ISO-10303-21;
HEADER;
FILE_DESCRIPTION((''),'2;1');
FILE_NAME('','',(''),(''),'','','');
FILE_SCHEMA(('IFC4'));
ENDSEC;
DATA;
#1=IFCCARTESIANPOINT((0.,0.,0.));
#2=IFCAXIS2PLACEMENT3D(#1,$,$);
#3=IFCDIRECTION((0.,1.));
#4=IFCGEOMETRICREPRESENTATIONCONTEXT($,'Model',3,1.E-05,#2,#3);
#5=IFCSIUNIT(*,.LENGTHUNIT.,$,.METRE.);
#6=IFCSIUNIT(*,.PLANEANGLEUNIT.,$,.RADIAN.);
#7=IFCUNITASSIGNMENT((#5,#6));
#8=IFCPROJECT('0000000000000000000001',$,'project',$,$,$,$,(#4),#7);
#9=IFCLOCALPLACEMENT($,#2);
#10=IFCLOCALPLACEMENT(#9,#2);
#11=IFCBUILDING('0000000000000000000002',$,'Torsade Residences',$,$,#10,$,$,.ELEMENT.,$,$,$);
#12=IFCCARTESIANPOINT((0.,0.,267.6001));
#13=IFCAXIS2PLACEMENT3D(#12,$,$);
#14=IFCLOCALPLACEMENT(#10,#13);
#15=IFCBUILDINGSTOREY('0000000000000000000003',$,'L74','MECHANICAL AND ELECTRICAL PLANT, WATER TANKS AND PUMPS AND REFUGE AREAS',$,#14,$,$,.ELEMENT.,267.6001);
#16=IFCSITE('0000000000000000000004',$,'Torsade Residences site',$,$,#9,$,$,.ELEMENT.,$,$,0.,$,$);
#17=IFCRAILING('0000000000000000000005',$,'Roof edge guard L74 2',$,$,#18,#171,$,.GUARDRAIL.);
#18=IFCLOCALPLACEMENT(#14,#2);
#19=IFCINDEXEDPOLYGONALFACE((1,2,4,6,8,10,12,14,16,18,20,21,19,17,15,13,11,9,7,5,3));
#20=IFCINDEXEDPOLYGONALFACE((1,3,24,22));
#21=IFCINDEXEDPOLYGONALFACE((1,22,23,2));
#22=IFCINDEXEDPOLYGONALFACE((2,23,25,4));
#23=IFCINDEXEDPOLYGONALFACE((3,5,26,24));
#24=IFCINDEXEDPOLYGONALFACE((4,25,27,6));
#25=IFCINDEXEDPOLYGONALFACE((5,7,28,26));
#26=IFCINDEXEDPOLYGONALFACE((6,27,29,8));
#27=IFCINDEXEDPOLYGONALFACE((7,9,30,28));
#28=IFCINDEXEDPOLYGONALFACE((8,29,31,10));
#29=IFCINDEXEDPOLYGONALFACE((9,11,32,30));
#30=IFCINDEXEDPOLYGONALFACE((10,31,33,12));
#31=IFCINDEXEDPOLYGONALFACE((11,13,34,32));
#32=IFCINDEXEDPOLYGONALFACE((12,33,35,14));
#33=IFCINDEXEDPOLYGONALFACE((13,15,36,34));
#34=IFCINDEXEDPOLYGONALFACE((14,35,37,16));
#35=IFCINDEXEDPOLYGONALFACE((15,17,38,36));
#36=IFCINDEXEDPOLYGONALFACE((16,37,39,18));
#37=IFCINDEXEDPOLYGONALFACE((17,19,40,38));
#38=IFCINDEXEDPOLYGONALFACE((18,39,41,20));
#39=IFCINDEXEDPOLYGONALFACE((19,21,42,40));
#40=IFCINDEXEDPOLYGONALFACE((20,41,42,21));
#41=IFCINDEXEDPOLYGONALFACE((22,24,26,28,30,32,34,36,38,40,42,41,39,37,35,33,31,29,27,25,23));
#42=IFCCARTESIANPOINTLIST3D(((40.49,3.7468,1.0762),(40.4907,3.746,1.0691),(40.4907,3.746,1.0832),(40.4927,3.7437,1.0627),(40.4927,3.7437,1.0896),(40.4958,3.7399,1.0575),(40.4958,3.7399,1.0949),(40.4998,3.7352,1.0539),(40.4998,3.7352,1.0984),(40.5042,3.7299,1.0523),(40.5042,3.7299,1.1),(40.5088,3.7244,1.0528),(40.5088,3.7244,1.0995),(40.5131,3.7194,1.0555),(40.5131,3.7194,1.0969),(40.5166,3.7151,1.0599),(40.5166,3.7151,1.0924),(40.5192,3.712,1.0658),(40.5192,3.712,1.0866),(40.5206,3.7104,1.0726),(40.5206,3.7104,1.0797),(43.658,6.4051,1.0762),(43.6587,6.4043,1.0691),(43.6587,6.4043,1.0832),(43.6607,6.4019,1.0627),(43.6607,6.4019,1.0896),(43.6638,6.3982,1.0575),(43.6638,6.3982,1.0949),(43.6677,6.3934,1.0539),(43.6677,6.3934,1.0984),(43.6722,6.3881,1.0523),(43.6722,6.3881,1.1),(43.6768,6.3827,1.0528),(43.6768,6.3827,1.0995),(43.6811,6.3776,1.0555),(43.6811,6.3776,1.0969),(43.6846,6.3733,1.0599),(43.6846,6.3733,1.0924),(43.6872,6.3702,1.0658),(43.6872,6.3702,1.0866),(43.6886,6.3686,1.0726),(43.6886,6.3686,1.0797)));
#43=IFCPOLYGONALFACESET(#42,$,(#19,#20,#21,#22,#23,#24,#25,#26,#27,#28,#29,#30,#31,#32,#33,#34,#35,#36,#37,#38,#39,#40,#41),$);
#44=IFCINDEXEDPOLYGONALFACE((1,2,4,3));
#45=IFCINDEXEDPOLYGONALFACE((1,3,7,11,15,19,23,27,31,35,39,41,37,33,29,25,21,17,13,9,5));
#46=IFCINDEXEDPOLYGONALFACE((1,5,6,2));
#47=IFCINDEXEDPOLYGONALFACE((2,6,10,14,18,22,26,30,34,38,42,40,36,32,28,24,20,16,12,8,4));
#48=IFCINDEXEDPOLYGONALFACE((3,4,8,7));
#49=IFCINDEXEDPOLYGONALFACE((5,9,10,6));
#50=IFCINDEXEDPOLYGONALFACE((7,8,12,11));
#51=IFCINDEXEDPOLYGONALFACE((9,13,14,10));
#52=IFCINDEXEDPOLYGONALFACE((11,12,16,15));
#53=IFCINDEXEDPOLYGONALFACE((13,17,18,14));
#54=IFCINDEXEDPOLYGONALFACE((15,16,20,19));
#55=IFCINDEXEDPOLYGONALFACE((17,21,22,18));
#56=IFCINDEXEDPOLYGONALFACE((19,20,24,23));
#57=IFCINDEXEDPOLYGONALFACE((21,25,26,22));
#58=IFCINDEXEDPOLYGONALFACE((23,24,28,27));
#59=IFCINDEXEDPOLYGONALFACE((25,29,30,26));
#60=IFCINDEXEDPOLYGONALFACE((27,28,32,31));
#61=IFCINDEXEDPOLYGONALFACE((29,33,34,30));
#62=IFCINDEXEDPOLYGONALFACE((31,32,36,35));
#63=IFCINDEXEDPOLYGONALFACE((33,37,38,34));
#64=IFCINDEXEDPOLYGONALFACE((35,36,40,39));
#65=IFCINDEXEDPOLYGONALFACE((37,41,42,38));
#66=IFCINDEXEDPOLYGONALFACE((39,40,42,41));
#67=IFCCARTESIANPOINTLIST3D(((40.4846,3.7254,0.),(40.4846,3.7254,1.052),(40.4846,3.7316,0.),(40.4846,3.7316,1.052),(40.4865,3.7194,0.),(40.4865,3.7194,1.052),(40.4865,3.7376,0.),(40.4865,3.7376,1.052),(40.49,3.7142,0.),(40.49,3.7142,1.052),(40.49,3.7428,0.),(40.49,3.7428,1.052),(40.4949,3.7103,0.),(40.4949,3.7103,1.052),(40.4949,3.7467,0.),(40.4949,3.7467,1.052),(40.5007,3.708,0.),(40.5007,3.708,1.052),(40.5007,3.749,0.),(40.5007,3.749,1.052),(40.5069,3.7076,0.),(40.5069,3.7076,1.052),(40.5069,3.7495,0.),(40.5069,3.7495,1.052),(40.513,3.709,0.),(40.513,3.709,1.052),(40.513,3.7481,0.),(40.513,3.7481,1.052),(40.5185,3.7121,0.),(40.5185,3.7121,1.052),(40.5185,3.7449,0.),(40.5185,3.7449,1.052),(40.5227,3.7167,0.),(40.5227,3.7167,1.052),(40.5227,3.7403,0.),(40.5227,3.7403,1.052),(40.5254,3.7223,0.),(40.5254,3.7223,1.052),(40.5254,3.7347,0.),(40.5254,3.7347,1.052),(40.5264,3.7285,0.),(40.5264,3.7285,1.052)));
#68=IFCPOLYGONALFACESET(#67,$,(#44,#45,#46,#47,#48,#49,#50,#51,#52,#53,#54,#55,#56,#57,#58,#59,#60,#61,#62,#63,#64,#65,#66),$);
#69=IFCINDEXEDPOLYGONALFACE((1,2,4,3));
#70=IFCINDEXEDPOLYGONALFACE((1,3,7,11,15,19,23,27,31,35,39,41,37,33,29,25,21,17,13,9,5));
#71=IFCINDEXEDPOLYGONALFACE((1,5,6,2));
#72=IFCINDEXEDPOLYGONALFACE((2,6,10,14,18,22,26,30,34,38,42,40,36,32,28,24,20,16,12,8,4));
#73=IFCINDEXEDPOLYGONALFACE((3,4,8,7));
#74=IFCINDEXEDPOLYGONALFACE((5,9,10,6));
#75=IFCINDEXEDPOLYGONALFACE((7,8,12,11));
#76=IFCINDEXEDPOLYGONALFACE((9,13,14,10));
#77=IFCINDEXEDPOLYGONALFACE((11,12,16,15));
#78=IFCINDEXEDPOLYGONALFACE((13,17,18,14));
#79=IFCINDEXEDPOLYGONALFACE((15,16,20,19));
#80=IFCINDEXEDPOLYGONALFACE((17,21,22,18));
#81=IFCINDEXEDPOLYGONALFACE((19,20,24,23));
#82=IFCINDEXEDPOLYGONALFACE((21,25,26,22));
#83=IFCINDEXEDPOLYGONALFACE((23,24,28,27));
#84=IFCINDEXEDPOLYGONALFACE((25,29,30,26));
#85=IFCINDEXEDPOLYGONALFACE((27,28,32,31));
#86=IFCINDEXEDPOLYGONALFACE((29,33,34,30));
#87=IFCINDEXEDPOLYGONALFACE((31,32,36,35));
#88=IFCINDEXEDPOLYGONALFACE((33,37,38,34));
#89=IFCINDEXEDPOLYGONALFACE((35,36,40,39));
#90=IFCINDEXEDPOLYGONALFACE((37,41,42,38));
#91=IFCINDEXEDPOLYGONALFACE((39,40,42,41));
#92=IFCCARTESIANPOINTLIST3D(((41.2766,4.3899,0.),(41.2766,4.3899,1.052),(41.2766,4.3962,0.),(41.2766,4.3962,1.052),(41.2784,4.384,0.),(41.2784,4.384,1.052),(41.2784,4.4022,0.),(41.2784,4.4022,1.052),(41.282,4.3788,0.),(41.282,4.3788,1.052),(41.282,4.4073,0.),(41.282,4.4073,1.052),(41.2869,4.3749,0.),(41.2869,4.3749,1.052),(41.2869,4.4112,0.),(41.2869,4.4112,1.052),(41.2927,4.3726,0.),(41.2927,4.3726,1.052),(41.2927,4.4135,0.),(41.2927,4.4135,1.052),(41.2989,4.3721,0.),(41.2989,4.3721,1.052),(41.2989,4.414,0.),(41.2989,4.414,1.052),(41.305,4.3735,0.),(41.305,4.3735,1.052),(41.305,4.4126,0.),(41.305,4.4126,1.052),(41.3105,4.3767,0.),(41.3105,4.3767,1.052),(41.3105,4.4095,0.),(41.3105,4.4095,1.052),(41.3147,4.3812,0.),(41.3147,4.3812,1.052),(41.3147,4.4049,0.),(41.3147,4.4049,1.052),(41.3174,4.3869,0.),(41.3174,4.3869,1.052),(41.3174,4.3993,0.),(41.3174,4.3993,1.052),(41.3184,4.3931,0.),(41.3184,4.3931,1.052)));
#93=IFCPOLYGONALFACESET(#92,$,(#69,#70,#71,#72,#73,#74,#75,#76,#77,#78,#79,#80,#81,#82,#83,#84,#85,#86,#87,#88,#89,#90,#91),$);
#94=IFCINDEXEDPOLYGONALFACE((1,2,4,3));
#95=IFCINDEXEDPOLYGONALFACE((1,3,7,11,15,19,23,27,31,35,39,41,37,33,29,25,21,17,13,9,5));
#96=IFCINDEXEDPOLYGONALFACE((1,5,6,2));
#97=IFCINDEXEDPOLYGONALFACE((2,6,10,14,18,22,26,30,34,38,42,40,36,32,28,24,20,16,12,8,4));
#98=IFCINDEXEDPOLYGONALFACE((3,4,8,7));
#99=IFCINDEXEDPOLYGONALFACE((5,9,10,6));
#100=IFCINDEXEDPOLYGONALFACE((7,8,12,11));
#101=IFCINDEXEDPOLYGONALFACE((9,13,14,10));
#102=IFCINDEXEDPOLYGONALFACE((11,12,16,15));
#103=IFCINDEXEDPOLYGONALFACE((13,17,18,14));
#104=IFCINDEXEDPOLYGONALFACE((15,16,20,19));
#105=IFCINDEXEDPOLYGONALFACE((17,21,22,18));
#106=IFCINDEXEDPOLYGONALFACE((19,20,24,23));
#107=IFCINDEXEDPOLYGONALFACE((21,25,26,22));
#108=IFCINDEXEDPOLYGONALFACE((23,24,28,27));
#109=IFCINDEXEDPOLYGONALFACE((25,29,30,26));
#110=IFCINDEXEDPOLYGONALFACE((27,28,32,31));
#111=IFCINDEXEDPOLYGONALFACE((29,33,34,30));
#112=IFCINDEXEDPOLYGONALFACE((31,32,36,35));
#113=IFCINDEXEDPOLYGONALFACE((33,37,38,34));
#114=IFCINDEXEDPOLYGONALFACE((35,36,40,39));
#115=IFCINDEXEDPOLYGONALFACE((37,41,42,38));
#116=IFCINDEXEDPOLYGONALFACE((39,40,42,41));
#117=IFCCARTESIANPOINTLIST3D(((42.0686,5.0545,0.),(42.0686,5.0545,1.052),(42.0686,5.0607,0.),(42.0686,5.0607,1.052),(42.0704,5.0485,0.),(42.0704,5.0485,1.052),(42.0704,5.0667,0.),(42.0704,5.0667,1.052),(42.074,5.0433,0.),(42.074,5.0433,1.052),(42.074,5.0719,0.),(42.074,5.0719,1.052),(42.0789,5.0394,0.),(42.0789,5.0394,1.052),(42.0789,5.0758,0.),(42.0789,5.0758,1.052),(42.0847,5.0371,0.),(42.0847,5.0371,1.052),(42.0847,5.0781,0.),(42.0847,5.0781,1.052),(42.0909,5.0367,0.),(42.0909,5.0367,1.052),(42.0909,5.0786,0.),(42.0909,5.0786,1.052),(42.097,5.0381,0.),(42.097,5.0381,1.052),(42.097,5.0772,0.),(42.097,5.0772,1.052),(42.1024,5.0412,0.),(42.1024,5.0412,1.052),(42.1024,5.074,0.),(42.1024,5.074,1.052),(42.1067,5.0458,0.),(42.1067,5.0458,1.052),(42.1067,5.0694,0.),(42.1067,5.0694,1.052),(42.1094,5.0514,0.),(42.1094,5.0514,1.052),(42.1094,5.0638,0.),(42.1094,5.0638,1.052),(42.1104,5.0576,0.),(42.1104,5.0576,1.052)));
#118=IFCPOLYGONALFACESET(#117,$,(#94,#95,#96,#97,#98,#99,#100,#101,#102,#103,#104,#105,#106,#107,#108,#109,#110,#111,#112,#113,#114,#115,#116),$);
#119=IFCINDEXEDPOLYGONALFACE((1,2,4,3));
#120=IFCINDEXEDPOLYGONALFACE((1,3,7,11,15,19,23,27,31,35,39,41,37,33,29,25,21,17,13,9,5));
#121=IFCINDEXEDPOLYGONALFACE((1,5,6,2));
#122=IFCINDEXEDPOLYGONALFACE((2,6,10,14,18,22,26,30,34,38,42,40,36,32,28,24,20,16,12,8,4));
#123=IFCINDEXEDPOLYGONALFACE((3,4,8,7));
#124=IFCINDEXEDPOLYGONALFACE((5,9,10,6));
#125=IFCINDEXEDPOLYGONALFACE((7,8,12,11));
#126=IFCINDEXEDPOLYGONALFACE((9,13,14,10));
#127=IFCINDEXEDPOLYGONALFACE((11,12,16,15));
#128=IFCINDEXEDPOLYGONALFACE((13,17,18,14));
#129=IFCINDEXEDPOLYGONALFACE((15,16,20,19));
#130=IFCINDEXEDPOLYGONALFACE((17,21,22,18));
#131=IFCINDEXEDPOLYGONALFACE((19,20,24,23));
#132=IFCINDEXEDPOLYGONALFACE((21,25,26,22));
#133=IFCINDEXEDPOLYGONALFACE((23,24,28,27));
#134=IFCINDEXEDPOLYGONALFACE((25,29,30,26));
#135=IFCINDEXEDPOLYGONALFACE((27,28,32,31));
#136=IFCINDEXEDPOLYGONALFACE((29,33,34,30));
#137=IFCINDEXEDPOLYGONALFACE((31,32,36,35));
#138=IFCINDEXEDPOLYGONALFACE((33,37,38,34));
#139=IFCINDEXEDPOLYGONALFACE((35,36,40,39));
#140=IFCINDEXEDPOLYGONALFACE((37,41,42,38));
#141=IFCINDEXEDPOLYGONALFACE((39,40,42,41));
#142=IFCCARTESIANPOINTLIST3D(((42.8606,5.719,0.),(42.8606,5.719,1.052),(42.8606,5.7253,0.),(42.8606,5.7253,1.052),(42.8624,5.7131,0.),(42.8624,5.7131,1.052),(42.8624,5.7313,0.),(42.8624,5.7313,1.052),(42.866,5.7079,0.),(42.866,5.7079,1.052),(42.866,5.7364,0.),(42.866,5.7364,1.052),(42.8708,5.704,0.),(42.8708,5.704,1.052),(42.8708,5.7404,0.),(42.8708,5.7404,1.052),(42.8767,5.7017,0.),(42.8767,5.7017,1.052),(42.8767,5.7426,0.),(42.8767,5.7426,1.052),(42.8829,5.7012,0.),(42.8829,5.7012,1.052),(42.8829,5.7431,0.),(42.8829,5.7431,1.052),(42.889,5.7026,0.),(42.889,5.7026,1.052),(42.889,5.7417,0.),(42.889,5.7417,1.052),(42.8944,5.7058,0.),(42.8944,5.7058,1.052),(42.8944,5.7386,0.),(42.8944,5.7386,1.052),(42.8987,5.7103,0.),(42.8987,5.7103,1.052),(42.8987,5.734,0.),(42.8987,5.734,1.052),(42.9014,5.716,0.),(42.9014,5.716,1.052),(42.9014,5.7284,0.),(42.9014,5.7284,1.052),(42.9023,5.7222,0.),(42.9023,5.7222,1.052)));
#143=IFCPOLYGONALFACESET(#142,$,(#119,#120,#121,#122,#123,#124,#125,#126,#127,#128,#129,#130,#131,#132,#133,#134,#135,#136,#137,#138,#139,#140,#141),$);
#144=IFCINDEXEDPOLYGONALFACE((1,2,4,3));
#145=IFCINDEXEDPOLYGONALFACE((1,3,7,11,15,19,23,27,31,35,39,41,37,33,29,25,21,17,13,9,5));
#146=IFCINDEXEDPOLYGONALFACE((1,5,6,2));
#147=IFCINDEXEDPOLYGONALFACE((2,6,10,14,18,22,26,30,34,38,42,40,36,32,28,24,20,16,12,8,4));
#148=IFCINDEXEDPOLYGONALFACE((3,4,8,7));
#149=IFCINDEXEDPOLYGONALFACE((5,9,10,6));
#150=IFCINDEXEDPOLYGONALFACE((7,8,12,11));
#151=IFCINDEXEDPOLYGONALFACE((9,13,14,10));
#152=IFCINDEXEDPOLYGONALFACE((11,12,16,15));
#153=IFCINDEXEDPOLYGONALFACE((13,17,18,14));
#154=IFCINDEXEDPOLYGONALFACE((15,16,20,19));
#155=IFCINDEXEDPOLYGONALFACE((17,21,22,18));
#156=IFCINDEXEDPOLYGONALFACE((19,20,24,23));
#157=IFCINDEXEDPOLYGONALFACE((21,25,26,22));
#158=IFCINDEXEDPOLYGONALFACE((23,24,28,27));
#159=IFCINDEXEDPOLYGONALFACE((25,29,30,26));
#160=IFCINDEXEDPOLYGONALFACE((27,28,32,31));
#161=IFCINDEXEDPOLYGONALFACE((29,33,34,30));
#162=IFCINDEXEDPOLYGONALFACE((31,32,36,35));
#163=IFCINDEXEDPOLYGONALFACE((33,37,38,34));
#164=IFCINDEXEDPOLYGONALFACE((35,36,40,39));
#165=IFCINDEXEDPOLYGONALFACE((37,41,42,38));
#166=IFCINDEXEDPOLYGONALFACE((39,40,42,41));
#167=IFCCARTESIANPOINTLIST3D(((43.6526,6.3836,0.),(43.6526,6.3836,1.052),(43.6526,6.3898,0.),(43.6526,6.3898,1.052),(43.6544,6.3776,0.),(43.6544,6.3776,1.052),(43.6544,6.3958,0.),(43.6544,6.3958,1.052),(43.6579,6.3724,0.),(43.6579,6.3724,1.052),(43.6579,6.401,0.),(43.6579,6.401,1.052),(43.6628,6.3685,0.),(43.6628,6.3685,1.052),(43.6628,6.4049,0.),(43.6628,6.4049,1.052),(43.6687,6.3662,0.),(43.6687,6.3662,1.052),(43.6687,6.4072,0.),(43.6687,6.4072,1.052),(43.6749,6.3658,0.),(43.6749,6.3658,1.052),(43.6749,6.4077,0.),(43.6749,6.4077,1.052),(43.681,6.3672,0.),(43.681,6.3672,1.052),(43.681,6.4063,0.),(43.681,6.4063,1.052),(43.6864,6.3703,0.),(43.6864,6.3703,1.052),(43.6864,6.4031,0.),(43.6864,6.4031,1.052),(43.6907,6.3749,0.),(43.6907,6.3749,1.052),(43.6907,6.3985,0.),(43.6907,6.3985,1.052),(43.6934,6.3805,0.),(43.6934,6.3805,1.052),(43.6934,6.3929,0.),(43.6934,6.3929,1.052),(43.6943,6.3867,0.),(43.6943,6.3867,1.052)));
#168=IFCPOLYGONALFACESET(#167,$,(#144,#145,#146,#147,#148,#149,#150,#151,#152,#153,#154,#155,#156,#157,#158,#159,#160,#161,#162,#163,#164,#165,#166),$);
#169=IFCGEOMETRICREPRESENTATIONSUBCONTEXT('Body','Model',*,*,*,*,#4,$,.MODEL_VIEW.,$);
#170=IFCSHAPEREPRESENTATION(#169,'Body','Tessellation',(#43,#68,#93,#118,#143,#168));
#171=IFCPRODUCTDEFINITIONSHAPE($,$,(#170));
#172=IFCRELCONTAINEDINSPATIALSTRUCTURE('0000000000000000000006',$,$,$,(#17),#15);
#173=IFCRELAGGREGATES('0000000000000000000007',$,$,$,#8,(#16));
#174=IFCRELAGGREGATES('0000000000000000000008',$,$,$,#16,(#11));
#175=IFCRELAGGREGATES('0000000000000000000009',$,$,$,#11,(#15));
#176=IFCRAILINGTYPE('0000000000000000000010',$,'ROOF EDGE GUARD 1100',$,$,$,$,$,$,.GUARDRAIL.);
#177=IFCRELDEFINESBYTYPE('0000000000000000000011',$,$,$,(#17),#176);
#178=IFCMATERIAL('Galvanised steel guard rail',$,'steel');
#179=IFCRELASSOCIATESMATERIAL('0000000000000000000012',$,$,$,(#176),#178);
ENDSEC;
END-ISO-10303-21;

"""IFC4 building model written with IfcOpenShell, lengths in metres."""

from ifc_helpers import new_model, si_unit, direction, frame, origin, origin_2d, place, context, subcontext, project, spatial, circle, extrude, material, type_object, element, save


model = new_model("IFC4")

# Units and contexts
model_context = context("Model", 3, precision=1e-05, world=origin(), true_north=direction((0.0, 1.0)))
body_context = subcontext(model_context, "Body", "Model", "MODEL_VIEW")
ifc_project = project(units=[si_unit("LENGTHUNIT", "METRE"), si_unit("PLANEANGLEUNIT", "RADIAN")], contexts=[model_context])

# Site, building, storey
site_placement = place(None, origin())
site = spatial("IfcSite", under=ifc_project, at=site_placement, Name="Torsade Residences site", CompositionType="ELEMENT", RefElevation=0.0)
building_placement = place(site_placement, origin())
building = spatial("IfcBuilding", under=site, at=building_placement, Name="Torsade Residences", CompositionType="ELEMENT")
storey_placement = place(building_placement, frame((0.0, 0.0, 267.6001)))
storey = spatial("IfcBuildingStorey", under=building, at=storey_placement, Name="L74", Description="MECHANICAL AND ELECTRICAL PLANT, WATER TANKS AND PUMPS AND REFUGE AREAS", CompositionType="ELEMENT", Elevation=267.6001)

# Railing
ifc_material_1 = material(Name="Galvanised steel guard rail", Category="steel")
railing_type = type_object("IfcRailingType", Name="ROOF EDGE GUARD 1100", PredefinedType="GUARDRAIL", material=ifc_material_1)
railing_1_placement = place(storey_placement, frame((40.5054, 3.7285, 0.0)))
element("IfcRailing", 1, at=railing_1_placement, inside=storey, type_object=railing_type, Name="Roof edge guard L74 2", PredefinedType="GUARDRAIL", context=body_context, shape_type="SweptSolid", body=[
    extrude(circle(Radius=0.0239, at=origin_2d()), frame((0.0, 0.0, 1.0762), z_axis=(0.766049, 0.642782, 0.0), x_axis=(-0.642782, 0.766049, 0.0)), (0.0, 0.0, 1.0), 4.1355),
    extrude(circle(Radius=0.021, at=origin_2d()), origin(), (0.0, 0.0, 1.0), 1.052),
    extrude(circle(Radius=0.021, at=origin_2d()), frame((0.792, 0.6646, 0.0)), (0.0, 0.0, 1.0), 1.052),
    extrude(circle(Radius=0.021, at=origin_2d()), frame((1.584, 1.3291, 0.0)), (0.0, 0.0, 1.0), 1.052),
    extrude(circle(Radius=0.021, at=origin_2d()), frame((2.376, 1.9937, 0.0)), (0.0, 0.0, 1.0), 1.052),
    extrude(circle(Radius=0.021, at=origin_2d()), frame((3.168, 2.6582, 0.0)), (0.0, 0.0, 1.0), 1.052),
])

save(model, "model.ifc")
